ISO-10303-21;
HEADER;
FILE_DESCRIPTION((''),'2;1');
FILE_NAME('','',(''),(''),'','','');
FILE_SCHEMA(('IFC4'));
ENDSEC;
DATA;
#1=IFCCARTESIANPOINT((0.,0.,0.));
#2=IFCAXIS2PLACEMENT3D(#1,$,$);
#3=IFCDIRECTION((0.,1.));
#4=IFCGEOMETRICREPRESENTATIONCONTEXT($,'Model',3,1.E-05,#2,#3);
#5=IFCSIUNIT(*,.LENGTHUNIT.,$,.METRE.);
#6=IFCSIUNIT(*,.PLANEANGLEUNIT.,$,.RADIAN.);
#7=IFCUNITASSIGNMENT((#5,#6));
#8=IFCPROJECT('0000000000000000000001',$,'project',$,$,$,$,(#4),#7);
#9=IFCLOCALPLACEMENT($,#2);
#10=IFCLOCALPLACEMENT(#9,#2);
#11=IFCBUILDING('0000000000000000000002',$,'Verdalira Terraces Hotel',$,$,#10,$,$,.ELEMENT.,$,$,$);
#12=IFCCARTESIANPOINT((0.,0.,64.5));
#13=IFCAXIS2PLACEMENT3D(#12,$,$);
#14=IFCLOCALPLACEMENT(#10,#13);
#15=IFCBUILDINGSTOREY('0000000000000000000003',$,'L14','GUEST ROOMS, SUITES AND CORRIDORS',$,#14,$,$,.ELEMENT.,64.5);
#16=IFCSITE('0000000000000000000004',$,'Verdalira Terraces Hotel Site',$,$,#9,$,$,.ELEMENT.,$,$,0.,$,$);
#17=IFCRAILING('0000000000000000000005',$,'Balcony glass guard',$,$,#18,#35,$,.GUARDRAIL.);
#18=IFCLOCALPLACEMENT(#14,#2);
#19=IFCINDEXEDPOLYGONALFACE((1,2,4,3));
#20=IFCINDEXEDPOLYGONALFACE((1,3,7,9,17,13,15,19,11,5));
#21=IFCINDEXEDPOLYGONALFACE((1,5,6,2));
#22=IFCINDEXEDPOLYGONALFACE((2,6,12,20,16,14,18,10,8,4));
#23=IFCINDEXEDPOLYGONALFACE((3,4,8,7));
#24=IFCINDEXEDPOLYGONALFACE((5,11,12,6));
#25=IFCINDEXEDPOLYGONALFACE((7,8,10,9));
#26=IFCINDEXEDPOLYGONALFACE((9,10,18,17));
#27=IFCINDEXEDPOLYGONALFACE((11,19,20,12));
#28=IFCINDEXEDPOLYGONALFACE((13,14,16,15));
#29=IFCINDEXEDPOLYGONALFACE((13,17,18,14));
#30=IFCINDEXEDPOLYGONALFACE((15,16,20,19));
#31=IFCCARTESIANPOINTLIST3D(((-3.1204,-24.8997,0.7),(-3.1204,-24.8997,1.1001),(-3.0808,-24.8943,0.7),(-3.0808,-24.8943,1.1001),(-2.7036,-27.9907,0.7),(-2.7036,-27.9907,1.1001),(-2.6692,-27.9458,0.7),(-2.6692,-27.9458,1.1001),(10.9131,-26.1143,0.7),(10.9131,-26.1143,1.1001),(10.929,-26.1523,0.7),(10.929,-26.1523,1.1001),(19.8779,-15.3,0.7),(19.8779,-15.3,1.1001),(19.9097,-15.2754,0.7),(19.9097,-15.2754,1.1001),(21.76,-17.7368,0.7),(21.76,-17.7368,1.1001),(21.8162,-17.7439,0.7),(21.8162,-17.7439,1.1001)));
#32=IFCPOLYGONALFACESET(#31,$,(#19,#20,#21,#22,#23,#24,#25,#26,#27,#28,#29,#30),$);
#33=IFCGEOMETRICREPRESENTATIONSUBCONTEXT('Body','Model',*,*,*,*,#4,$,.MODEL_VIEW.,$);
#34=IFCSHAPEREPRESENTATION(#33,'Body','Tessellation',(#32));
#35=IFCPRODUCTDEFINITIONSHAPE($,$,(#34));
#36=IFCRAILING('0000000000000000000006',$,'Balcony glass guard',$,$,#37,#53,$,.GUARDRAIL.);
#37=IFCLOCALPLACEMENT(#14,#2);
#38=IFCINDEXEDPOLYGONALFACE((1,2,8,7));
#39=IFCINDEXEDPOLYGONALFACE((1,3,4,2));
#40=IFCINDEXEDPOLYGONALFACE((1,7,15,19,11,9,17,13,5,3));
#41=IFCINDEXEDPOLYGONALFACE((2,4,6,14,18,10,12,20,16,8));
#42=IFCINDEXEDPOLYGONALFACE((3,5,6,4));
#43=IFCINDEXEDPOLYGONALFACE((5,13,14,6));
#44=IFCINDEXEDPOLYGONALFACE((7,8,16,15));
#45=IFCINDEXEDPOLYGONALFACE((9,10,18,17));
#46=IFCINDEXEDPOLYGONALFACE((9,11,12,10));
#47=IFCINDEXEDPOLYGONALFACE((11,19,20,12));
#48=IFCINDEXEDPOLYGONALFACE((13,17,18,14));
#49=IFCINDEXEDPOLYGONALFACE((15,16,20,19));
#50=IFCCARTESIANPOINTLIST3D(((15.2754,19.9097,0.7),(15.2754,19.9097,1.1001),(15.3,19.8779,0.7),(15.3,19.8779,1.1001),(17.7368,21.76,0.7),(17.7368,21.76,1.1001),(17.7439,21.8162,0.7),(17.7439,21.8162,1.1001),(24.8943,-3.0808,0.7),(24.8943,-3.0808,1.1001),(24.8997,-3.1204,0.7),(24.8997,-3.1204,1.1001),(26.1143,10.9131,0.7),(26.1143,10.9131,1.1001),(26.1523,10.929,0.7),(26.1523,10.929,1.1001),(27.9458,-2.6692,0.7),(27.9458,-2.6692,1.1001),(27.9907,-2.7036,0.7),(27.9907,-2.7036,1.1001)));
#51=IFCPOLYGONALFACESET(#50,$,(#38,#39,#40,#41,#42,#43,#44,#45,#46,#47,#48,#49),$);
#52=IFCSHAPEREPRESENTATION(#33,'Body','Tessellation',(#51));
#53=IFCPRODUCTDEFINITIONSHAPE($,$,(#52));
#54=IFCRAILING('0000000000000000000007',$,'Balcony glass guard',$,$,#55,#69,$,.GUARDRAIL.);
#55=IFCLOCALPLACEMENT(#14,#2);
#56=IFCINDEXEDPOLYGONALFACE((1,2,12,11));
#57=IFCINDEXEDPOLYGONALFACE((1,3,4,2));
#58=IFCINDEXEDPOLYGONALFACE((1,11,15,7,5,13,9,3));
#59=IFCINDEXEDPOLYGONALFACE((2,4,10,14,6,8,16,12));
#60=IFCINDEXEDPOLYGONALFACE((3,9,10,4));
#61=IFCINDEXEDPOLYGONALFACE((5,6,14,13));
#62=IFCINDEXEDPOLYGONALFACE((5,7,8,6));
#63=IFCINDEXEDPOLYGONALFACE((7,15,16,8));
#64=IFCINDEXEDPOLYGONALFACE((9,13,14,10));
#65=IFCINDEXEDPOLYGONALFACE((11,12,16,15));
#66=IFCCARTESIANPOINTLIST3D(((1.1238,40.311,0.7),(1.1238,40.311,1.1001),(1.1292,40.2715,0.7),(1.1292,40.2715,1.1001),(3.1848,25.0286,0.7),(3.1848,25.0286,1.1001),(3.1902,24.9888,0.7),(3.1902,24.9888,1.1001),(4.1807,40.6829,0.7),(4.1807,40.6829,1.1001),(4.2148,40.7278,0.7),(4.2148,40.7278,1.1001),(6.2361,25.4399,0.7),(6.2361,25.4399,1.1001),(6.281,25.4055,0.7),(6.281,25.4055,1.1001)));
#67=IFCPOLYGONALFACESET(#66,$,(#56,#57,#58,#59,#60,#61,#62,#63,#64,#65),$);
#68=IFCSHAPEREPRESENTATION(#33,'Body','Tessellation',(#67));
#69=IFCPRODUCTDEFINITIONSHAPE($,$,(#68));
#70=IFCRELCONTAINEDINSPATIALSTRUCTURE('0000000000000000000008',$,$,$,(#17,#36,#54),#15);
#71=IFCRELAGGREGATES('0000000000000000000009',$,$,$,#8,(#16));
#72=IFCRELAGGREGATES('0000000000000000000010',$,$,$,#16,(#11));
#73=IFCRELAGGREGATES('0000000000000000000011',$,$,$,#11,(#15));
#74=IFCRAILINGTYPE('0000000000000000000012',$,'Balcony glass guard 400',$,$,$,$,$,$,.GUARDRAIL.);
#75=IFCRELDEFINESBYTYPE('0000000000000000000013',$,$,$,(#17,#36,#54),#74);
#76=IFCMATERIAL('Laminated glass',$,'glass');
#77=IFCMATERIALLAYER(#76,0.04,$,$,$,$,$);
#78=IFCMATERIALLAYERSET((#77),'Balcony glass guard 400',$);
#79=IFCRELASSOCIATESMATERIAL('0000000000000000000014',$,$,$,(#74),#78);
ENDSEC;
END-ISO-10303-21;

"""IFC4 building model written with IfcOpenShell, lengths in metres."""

from ifc_helpers import new_model, si_unit, direction, frame, origin, place, context, subcontext, project, spatial, polyline, outline, extrude, material, layer, layer_set, type_object, element, save


model = new_model("IFC4")

# Units and contexts
model_context = context("Model", 3, precision=1e-05, world=origin(), true_north=direction((0.0, 1.0)))
body_context = subcontext(model_context, "Body", "Model", "MODEL_VIEW")
ifc_project = project(units=[si_unit("LENGTHUNIT", "METRE"), si_unit("PLANEANGLEUNIT", "RADIAN")], contexts=[model_context])

# Site, building, storey
site_placement = place(None, origin())
site = spatial("IfcSite", under=ifc_project, at=site_placement, Name="Verdalira Terraces Hotel Site", CompositionType="ELEMENT", RefElevation=0.0)
building_placement = place(site_placement, origin())
building = spatial("IfcBuilding", under=site, at=building_placement, Name="Verdalira Terraces Hotel", CompositionType="ELEMENT")
storey_placement = place(building_placement, frame((0.0, 0.0, 64.5)))
storey = spatial("IfcBuildingStorey", under=building, at=storey_placement, Name="L14", Description="GUEST ROOMS, SUITES AND CORRIDORS", CompositionType="ELEMENT", Elevation=64.5)

# Railings
ifc_material_1 = material(Name="Laminated glass", Category="glass")
ifc_layer_1 = layer(ifc_material_1, 0.04)
ifc_layer_set_1 = layer_set([ifc_layer_1], Name="Balcony glass guard 400")
railing_type = type_object("IfcRailingType", Name="Balcony glass guard 400", PredefinedType="GUARDRAIL", material=ifc_layer_set_1)
railing_1_placement = place(storey_placement, frame((0.0, 0.0, 0.7)))
element("IfcRailing", 1, at=railing_1_placement, inside=storey, type_object=railing_type, Name="Balcony glass guard", PredefinedType="GUARDRAIL", context=body_context, shape_type="SweptSolid", body=[
    extrude(outline(polyline([(-2.6692, -27.9458), (10.9131, -26.1143), (21.76, -17.7368), (19.8779, -15.3), (19.9097, -15.2754), (21.8162, -17.7439), (10.929, -26.1523), (-2.7036, -27.9907), (-3.1204, -24.8997), (-3.0808, -24.8943), (-2.6692, -27.9458)])), origin(), (0.0, 0.0, 1.0), 0.4001),
])
railing_2_placement = place(storey_placement, frame((0.0, 0.0, 0.7)))
element("IfcRailing", 2, at=railing_2_placement, inside=storey, type_object=railing_type, Name="Balcony glass guard", PredefinedType="GUARDRAIL", context=body_context, shape_type="SweptSolid", body=[
    extrude(outline(polyline([(27.9458, -2.6692), (26.1143, 10.9131), (17.7368, 21.76), (15.3, 19.8779), (15.2754, 19.9097), (17.7439, 21.8162), (26.1523, 10.929), (27.9907, -2.7036), (24.8997, -3.1204), (24.8943, -3.0808), (27.9458, -2.6692)])), origin(), (0.0, 0.0, 1.0), 0.4001),
])
railing_3_placement = place(storey_placement, frame((0.0, 0.0, 0.7)))
element("IfcRailing", 3, at=railing_3_placement, inside=storey, type_object=railing_type, Name="Balcony glass guard", PredefinedType="GUARDRAIL", context=body_context, shape_type="SweptSolid", body=[
    extrude(outline(polyline([(6.2361, 25.4399), (4.1807, 40.6829), (1.1292, 40.2715), (1.1238, 40.311), (4.2148, 40.7278), (6.281, 25.4055), (3.1902, 24.9888), (3.1848, 25.0286), (6.2361, 25.4399)])), origin(), (0.0, 0.0, 1.0), 0.4001),
])

save(model, "model.ifc")
